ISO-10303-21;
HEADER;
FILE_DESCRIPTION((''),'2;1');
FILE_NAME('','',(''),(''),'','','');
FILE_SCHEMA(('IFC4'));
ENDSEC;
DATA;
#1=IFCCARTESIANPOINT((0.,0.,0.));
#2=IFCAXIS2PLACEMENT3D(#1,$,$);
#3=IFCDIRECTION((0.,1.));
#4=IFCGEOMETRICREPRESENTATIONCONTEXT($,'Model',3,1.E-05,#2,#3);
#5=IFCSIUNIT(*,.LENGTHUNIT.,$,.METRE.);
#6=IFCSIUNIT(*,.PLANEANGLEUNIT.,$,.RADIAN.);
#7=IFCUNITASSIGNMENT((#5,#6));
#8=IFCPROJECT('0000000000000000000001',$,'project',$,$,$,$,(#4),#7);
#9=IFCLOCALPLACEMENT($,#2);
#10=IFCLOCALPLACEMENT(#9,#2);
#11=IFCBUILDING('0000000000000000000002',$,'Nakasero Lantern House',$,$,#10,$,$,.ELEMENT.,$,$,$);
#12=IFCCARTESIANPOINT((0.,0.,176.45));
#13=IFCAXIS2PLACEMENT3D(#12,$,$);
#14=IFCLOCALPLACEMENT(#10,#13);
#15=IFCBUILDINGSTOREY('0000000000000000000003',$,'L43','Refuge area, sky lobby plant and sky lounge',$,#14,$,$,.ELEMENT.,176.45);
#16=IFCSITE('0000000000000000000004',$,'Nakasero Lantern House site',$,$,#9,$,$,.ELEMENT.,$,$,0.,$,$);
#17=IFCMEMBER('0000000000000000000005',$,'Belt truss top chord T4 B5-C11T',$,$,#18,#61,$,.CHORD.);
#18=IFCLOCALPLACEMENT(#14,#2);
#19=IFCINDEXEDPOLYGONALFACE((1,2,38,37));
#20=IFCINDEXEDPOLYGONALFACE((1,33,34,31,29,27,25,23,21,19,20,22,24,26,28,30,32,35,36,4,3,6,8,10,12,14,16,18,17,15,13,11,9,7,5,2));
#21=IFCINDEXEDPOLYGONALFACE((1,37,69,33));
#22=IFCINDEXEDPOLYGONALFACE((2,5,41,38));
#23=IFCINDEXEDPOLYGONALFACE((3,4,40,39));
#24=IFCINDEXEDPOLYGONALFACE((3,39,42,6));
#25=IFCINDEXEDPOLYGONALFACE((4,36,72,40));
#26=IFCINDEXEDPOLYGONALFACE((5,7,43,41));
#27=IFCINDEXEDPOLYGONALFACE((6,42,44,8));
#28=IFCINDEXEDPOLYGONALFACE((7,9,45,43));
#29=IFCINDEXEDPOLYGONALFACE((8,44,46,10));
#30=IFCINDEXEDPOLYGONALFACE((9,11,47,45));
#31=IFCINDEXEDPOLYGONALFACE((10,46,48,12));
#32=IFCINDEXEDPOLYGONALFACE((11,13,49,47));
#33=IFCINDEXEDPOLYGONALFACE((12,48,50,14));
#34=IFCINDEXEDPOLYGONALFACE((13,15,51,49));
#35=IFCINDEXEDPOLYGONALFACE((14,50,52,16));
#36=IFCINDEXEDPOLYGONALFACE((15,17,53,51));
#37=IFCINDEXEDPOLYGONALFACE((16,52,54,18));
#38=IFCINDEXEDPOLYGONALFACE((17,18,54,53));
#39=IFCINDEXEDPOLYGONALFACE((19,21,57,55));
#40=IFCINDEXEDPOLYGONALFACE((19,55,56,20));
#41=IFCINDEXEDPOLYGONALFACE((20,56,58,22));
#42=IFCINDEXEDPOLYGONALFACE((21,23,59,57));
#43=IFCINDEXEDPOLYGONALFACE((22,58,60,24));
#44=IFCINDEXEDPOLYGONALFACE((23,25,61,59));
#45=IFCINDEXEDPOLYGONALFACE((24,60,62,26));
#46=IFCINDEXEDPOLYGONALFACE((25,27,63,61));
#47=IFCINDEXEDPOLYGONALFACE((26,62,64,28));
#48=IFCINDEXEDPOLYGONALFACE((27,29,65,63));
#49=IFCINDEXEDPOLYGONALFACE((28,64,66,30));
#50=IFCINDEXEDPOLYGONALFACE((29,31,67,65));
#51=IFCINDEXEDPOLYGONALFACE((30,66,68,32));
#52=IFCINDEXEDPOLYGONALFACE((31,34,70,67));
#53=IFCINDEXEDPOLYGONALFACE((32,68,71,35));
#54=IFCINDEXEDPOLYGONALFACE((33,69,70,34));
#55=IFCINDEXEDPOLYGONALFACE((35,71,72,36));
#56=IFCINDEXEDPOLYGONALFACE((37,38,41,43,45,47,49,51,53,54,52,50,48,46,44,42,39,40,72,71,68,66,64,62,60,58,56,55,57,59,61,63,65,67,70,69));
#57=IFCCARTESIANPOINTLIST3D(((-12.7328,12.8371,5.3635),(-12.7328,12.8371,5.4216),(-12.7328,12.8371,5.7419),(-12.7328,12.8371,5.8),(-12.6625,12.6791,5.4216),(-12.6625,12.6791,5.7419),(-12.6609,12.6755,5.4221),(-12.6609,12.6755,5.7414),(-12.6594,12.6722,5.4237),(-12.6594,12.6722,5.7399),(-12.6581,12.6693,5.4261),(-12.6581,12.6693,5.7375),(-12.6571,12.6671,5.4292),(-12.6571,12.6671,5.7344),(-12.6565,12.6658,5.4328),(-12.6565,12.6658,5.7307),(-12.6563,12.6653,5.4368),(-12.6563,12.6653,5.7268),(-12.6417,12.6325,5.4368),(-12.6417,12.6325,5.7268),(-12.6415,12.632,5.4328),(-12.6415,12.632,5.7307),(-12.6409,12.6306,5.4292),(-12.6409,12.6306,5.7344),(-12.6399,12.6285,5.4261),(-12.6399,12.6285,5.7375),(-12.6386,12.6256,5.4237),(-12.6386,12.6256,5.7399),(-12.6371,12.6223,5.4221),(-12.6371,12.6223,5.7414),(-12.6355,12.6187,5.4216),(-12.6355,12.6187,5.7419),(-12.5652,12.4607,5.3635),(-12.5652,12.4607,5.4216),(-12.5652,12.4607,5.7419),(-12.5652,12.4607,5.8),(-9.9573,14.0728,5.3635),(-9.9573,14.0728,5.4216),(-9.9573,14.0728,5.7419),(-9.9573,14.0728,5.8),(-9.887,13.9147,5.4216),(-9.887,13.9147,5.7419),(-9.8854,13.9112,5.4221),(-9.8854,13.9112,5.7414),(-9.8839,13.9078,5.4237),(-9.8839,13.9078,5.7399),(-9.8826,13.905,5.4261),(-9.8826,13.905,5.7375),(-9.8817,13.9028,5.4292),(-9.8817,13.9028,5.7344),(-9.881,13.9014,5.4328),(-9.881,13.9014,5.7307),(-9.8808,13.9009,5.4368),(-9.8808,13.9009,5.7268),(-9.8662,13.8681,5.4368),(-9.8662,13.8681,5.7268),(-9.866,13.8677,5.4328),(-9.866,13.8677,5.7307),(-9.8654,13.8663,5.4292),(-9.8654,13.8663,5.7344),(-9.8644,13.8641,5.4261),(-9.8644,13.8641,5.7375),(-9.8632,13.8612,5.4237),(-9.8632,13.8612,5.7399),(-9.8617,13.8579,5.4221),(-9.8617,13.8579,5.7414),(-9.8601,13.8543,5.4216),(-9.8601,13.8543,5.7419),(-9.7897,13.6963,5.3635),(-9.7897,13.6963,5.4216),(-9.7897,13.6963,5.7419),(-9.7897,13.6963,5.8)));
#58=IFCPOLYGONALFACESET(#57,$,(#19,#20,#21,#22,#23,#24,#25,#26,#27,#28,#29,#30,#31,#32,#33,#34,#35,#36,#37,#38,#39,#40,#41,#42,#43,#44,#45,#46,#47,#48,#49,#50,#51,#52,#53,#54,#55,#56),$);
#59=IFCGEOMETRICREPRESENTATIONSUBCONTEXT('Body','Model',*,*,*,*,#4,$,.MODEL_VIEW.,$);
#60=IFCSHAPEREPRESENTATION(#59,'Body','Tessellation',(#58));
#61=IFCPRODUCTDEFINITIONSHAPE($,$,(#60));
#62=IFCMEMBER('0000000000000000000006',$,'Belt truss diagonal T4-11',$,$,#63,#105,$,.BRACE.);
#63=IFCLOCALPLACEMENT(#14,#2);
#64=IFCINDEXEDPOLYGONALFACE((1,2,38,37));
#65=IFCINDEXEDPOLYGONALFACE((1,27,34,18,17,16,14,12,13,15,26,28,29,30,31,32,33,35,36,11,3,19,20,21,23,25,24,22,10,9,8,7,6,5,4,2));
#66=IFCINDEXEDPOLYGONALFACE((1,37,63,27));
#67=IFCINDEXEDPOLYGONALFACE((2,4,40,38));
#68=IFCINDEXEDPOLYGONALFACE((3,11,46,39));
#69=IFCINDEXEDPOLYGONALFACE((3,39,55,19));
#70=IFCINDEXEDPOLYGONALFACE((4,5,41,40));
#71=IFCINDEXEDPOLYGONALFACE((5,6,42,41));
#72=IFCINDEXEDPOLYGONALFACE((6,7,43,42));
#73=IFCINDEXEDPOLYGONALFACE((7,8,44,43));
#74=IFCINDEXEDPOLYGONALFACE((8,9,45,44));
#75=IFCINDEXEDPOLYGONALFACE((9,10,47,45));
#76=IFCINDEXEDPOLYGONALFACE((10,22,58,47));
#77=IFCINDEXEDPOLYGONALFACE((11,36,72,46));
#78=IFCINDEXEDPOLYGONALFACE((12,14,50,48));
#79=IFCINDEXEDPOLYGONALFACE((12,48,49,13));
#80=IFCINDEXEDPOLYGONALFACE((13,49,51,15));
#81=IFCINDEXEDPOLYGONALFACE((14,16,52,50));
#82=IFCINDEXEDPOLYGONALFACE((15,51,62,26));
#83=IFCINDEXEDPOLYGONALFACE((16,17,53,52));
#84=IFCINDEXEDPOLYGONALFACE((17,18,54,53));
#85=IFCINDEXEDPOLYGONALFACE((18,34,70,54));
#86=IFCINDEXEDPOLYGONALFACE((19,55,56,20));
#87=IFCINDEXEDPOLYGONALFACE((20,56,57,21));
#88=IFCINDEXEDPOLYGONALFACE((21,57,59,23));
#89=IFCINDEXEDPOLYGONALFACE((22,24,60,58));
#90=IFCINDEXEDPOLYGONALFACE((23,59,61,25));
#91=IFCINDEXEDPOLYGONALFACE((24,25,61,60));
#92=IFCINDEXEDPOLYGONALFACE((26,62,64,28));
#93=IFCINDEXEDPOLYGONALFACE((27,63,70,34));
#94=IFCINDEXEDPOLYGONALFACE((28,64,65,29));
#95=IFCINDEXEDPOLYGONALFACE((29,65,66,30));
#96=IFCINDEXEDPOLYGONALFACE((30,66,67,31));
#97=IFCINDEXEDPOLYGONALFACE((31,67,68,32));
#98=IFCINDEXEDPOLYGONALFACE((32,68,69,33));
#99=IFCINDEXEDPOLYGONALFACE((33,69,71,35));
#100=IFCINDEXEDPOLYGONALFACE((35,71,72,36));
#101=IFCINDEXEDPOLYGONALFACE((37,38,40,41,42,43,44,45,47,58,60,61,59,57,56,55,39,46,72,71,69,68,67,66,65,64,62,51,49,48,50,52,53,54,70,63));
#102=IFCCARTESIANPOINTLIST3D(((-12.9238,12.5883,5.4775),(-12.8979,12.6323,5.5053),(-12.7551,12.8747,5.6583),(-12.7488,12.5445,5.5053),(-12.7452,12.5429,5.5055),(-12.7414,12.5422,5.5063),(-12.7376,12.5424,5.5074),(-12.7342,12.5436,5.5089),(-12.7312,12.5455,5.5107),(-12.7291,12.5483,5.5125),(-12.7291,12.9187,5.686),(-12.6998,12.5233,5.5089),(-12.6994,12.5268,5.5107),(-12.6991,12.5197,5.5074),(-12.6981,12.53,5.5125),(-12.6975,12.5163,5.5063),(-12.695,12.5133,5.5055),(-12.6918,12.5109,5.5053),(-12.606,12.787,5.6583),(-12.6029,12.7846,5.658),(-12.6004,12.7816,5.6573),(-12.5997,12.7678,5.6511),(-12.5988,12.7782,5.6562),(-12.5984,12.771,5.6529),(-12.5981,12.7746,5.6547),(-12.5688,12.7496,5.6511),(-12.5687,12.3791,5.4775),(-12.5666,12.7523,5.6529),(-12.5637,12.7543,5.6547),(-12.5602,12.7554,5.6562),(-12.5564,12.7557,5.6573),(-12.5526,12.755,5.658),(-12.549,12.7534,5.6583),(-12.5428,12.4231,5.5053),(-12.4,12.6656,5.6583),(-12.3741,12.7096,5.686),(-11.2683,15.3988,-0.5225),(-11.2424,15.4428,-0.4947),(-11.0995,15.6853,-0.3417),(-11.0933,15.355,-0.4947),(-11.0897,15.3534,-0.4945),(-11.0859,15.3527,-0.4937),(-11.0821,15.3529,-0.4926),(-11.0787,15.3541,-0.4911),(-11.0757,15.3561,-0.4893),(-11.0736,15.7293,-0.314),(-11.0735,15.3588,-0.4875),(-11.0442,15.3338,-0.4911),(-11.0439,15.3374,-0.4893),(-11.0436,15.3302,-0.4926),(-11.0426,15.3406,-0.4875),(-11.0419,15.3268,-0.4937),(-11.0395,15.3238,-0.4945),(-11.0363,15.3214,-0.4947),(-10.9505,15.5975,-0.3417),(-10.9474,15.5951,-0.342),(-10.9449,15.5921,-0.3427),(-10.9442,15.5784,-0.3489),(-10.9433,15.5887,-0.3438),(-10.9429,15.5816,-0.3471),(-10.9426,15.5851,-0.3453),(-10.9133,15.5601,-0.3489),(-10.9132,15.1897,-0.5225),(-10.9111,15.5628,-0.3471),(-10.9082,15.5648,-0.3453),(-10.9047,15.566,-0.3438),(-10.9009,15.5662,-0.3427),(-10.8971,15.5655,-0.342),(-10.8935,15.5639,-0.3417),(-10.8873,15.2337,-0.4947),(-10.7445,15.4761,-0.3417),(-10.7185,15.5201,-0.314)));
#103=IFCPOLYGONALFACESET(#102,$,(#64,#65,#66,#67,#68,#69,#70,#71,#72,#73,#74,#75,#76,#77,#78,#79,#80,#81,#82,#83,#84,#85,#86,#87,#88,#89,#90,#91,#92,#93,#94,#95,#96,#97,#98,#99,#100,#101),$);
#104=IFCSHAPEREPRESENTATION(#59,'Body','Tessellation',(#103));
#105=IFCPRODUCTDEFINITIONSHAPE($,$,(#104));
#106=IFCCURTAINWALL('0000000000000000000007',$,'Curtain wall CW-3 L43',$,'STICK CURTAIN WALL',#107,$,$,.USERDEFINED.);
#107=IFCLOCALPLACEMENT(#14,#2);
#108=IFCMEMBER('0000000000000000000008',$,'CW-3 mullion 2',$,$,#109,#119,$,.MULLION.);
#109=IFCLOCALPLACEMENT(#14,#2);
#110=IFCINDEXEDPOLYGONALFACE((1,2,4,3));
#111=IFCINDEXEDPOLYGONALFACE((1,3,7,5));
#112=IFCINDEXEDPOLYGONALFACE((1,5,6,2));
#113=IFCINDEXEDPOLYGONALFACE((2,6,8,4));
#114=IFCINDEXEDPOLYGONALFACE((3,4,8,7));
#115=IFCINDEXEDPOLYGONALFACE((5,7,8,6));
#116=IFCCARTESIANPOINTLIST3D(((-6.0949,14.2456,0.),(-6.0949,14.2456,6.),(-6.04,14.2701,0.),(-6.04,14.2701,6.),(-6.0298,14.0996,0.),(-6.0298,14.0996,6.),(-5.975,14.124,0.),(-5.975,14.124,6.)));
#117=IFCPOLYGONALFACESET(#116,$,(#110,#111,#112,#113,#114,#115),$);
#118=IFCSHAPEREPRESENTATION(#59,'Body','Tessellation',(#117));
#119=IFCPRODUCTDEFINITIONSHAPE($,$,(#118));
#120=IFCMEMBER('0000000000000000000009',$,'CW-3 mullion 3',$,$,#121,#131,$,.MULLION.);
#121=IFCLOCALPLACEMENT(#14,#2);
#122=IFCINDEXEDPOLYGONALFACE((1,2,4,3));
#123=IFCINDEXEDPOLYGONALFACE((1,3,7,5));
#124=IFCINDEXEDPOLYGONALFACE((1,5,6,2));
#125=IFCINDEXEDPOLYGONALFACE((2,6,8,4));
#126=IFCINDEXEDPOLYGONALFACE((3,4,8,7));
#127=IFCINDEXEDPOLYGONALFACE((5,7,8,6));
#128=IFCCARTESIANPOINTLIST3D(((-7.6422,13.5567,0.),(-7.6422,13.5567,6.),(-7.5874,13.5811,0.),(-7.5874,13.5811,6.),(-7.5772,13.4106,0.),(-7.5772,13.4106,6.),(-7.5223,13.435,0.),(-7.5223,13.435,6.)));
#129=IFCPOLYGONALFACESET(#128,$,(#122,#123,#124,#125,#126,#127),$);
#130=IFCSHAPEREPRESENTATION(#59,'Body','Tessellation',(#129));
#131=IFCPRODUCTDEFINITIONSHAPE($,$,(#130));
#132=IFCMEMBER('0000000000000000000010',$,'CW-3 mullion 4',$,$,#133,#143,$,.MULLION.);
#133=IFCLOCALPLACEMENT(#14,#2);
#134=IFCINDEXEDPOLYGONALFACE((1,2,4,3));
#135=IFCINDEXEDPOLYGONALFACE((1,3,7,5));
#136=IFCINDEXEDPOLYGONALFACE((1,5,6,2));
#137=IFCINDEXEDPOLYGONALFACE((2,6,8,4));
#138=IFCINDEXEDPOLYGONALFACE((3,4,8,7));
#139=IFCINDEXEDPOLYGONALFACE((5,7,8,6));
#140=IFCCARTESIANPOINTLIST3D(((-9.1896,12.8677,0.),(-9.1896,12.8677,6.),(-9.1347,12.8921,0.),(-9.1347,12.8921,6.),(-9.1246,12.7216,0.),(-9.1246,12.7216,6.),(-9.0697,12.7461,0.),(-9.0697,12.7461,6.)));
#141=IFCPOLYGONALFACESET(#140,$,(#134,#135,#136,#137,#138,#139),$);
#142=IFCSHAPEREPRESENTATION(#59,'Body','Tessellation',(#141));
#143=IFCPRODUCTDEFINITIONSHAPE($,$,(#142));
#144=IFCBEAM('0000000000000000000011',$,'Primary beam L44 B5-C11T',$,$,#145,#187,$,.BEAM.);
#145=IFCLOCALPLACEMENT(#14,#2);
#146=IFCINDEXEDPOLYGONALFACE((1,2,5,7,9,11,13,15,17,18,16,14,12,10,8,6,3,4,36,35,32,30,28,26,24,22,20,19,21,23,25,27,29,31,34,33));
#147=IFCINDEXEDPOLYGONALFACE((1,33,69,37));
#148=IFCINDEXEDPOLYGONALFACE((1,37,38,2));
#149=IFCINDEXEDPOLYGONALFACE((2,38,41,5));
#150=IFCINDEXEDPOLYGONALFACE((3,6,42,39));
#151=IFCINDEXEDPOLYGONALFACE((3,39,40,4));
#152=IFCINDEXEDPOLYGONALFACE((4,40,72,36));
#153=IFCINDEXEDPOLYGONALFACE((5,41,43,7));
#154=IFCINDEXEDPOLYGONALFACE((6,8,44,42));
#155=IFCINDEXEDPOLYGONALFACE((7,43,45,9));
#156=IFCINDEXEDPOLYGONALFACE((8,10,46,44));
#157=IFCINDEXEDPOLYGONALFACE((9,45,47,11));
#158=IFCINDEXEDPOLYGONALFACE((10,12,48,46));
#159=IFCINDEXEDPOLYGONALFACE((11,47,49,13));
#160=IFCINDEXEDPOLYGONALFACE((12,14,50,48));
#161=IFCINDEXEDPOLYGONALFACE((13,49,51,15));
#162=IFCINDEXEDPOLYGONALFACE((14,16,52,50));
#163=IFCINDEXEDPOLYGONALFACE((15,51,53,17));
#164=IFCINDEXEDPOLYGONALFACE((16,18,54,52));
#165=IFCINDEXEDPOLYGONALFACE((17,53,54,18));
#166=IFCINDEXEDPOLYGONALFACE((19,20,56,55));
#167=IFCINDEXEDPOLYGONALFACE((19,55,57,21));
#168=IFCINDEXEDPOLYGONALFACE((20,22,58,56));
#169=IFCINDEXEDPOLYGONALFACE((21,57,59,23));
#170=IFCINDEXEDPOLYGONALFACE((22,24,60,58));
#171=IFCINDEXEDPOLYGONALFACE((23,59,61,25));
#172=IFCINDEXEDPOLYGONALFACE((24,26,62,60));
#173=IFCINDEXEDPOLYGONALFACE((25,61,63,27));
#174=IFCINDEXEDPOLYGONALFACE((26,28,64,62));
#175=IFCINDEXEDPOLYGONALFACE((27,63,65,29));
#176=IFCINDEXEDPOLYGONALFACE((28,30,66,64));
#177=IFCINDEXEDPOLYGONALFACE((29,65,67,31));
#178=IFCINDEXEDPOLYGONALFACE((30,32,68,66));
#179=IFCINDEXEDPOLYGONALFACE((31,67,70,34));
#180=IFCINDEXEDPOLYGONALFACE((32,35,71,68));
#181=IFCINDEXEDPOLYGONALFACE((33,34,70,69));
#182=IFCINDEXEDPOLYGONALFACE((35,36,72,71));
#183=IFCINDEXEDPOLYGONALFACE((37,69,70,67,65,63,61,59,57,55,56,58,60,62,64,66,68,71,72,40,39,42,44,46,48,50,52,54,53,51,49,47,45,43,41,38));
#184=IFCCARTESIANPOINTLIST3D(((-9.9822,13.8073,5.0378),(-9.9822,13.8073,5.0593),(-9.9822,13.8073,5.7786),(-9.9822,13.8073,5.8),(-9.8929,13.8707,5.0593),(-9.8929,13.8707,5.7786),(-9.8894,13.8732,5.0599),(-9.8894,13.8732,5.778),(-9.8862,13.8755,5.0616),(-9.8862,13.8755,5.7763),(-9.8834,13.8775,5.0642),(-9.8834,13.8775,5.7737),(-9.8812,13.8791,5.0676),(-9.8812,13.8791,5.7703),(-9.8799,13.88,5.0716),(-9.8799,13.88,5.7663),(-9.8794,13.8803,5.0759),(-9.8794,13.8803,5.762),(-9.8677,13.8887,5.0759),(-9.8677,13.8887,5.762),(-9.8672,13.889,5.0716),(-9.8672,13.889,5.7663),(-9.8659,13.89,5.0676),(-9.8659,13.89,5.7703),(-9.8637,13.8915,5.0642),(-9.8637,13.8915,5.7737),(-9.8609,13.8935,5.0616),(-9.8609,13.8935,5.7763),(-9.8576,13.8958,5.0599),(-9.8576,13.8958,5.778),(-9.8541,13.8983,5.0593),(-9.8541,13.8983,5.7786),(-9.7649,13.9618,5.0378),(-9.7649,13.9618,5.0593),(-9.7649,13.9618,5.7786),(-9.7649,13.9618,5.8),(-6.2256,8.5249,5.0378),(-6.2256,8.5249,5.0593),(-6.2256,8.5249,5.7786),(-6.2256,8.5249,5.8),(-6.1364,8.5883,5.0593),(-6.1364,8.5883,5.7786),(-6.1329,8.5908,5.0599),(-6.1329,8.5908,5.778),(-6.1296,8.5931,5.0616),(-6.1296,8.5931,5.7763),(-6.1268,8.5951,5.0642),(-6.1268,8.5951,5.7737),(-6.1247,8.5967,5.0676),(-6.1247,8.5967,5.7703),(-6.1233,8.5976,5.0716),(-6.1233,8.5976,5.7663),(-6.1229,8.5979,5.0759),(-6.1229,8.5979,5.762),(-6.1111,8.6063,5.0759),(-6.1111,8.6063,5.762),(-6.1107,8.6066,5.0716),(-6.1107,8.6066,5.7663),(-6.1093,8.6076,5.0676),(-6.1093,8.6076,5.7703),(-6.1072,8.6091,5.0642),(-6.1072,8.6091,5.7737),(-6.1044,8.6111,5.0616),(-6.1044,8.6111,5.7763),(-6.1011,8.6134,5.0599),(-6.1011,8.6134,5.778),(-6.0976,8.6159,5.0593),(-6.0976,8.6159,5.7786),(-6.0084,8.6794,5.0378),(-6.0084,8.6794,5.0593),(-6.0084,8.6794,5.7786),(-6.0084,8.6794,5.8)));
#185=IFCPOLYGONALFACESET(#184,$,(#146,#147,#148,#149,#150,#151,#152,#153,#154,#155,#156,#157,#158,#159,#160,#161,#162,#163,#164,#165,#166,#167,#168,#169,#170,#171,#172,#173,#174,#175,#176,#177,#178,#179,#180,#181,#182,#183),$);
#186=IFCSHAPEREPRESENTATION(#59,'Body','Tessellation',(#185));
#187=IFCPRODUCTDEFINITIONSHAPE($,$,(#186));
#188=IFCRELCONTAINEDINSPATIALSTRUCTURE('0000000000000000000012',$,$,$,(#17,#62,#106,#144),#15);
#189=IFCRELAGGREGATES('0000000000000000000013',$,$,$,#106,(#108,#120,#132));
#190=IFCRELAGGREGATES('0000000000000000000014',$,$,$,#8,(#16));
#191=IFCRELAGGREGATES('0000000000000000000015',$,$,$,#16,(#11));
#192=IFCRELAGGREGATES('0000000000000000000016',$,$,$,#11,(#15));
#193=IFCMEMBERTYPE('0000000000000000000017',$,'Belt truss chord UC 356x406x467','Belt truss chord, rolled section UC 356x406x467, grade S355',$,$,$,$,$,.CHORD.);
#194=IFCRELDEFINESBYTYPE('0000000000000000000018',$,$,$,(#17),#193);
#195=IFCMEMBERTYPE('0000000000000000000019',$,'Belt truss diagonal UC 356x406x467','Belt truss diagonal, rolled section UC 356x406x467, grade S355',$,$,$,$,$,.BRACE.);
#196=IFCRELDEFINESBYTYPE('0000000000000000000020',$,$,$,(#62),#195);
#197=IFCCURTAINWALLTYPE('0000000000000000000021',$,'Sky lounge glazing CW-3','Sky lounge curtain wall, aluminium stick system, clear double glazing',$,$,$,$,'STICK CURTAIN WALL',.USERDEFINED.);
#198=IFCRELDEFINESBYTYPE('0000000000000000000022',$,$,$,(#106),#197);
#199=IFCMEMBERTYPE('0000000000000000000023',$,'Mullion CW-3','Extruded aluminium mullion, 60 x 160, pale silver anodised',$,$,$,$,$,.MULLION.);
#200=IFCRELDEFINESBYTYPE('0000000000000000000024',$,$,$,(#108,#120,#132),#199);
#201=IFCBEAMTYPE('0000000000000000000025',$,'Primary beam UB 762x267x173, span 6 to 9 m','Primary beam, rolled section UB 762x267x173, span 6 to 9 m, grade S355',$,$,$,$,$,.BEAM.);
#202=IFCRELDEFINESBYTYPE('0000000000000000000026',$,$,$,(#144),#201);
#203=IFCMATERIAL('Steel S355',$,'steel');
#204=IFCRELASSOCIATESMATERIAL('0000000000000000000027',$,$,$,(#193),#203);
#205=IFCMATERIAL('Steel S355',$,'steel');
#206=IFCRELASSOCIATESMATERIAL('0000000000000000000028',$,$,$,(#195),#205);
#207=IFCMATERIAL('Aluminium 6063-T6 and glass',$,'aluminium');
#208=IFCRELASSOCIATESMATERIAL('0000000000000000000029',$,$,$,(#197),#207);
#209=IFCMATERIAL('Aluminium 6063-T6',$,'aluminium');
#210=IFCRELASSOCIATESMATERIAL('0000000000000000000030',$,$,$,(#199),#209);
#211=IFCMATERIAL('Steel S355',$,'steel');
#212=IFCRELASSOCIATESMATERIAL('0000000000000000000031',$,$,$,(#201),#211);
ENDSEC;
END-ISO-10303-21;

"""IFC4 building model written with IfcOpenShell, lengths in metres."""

from ifc_helpers import new_model, si_unit, direction, frame, origin, origin_2d, place, context, subcontext, project, spatial, rectangle, i_section, extrude, material, material_profile, profile_set, type_object, element, aggregate, save


model = new_model("IFC4")

# Units and contexts
model_context = context("Model", 3, precision=1e-05, world=origin(), true_north=direction((0.0, 1.0)))
body_context = subcontext(model_context, "Body", "Model", "MODEL_VIEW")
ifc_project = project(units=[si_unit("LENGTHUNIT", "METRE"), si_unit("PLANEANGLEUNIT", "RADIAN")], contexts=[model_context])

# Site, building, storey
site_placement = place(None, origin())
site = spatial("IfcSite", under=ifc_project, at=site_placement, Name="Nakasero Lantern House site", CompositionType="ELEMENT", RefElevation=0.0)
building_placement = place(site_placement, origin())
building = spatial("IfcBuilding", under=site, at=building_placement, Name="Nakasero Lantern House", CompositionType="ELEMENT")
storey_placement = place(building_placement, frame((0.0, 0.0, 176.45)))
storey = spatial("IfcBuildingStorey", under=building, at=storey_placement, Name="L43", Description="Refuge area, sky lobby plant and sky lounge", CompositionType="ELEMENT", Elevation=176.45)

# Members
ifc_material_1 = material(Name="Steel S355", Category="steel")
ifc_material_profile_1 = material_profile(ifc_material_1, i_section(OverallWidth=0.4121, OverallDepth=0.4365, WebThickness=0.0359, FlangeThickness=0.0581, FilletRadius=0.0151, at=origin_2d()), Name="UC 356x406x467")
ifc_profile_set_1 = profile_set([ifc_material_profile_1], Name="Steel S355")
member_type_1 = type_object("IfcMemberType", Name="Belt truss chord UC 356x406x467", Description="Belt truss chord, rolled section UC 356x406x467, grade S355", PredefinedType="CHORD", material=ifc_profile_set_1)
member_1_placement = place(storey_placement, frame((-9.8735, 13.8845, 5.5818), z_axis=(-0.913556, -0.406713, 0.0), x_axis=(0.406713, -0.913556, 0.0)))
element("IfcMember", 1, at=member_1_placement, inside=storey, type_object=member_type_1, Name="Belt truss top chord T4 B5-C11T", PredefinedType="CHORD", context=body_context, shape_type="SweptSolid", body=[
    extrude(i_section(OverallWidth=0.4121, OverallDepth=0.4365, WebThickness=0.0359, FlangeThickness=0.0581, FilletRadius=0.0151, at=origin_2d()), origin(), (0.0, 0.0, 1.0), 3.0381),
])
ifc_material_2 = material(Name="Steel S355", Category="steel")
ifc_material_profile_2 = material_profile(ifc_material_2, i_section(OverallWidth=0.4121, OverallDepth=0.4365, WebThickness=0.0359, FlangeThickness=0.0581, FilletRadius=0.0151, at=origin_2d()), Name="UC 356x406x467")
ifc_profile_set_2 = profile_set([ifc_material_profile_2], Name="Steel S355")
member_type_2 = type_object("IfcMemberType", Name="Belt truss diagonal UC 356x406x467", Description="Belt truss diagonal, rolled section UC 356x406x467, grade S355", PredefinedType="BRACE", material=ifc_profile_set_2)
member_2_placement = place(storey_placement, frame((-10.9934, 15.4595, -0.4182), z_axis=(-0.242412, -0.41154, 0.878562), x_axis=(0.861632, -0.507534, 0.0)))
element("IfcMember", 2, at=member_2_placement, inside=storey, type_object=member_type_2, Name="Belt truss diagonal T4-11", PredefinedType="BRACE", context=body_context, shape_type="SweptSolid", body=[
    extrude(i_section(OverallWidth=0.4121, OverallDepth=0.4365, WebThickness=0.0359, FlangeThickness=0.0581, FilletRadius=0.0151, at=origin_2d()), origin(), (0.0, 0.0, 1.0), 6.8293),
])

# Curtain wall, members
ifc_material_3 = material(Name="Aluminium 6063-T6 and glass", Category="aluminium")
curtain_wall_type = type_object("IfcCurtainWallType", Name="Sky lounge glazing CW-3", Description="Sky lounge curtain wall, aluminium stick system, clear double glazing", ElementType="STICK CURTAIN WALL", PredefinedType="USERDEFINED", material=ifc_material_3)
curtain_wall_placement = place(storey_placement, origin())
curtain_wall = element("IfcCurtainWall", 3, at=curtain_wall_placement, inside=storey, type_object=curtain_wall_type, Name="Curtain wall CW-3 L43", ObjectType="STICK CURTAIN WALL", PredefinedType="USERDEFINED")
ifc_material_4 = material(Name="Aluminium 6063-T6", Category="aluminium")
ifc_material_profile_3 = material_profile(ifc_material_4, rectangle(XDim=0.0601, YDim=0.1599, at=origin_2d()), Name="CW-3 mullion 60x160")
ifc_profile_set_3 = profile_set([ifc_material_profile_3], Name="Aluminium 6063-T6")
member_type_3 = type_object("IfcMemberType", Name="Mullion CW-3", Description="Extruded aluminium mullion, 60 x 160, pale silver anodised", PredefinedType="MULLION", material=ifc_profile_set_3)
member_3_placement = place(storey_placement, frame((-6.0349, 14.1848, 0.0), z_axis=(0.0, 0.0, 1.0), x_axis=(-0.913545, -0.406737, 0.0)))
member_3 = element("IfcMember", 4, at=member_3_placement, type_object=member_type_3, Name="CW-3 mullion 2", PredefinedType="MULLION", context=body_context, shape_type="SweptSolid", body=[
    extrude(rectangle(XDim=0.0601, YDim=0.1599, at=origin_2d()), origin(), (0.0, 0.0, 1.0), 6.0),
])
member_4_placement = place(storey_placement, frame((-7.5823, 13.4958, 0.0), z_axis=(0.0, 0.0, 1.0), x_axis=(-0.913545, -0.406737, 0.0)))
member_4 = element("IfcMember", 5, at=member_4_placement, type_object=member_type_3, Name="CW-3 mullion 3", PredefinedType="MULLION", context=body_context, shape_type="SweptSolid", body=[
    extrude(rectangle(XDim=0.0601, YDim=0.1599, at=origin_2d()), origin(), (0.0, 0.0, 1.0), 6.0),
])
member_5_placement = place(storey_placement, frame((-9.1296, 12.8069, 0.0), z_axis=(0.0, 0.0, 1.0), x_axis=(-0.913545, -0.406737, 0.0)))
member_5 = element("IfcMember", 6, at=member_5_placement, type_object=member_type_3, Name="CW-3 mullion 4", PredefinedType="MULLION", context=body_context, shape_type="SweptSolid", body=[
    extrude(rectangle(XDim=0.0601, YDim=0.1599, at=origin_2d()), origin(), (0.0, 0.0, 1.0), 6.0),
])

# Beam
ifc_material_5 = material(Name="Steel S355", Category="steel")
ifc_material_profile_4 = material_profile(ifc_material_5, i_section(OverallWidth=0.2666, OverallDepth=0.7622, WebThickness=0.0144, FlangeThickness=0.0215, FilletRadius=0.0166, at=origin_2d()), Name="UB 762x267x173")
ifc_profile_set_4 = profile_set([ifc_material_profile_4], Name="Steel S355")
beam_type = type_object("IfcBeamType", Name="Primary beam UB 762x267x173, span 6 to 9 m", Description="Primary beam, rolled section UB 762x267x173, span 6 to 9 m, grade S355", PredefinedType="BEAM", material=ifc_profile_set_4)
beam_placement = place(storey_placement, frame((-9.8735, 13.8845, 5.4189), z_axis=(0.579541, -0.814943, 0.0), x_axis=(0.814943, 0.579541, 0.0)))
element("IfcBeam", 7, at=beam_placement, inside=storey, type_object=beam_type, Name="Primary beam L44 B5-C11T", PredefinedType="BEAM", context=body_context, shape_type="SweptSolid", body=[
    extrude(i_section(OverallWidth=0.2666, OverallDepth=0.7622, WebThickness=0.0144, FlangeThickness=0.0215, FilletRadius=0.0166, at=origin_2d()), origin(), (0.0, 0.0, 1.0), 6.4819),
])

aggregate(curtain_wall, [member_3, member_4, member_5])

save(model, "model.ifc")
